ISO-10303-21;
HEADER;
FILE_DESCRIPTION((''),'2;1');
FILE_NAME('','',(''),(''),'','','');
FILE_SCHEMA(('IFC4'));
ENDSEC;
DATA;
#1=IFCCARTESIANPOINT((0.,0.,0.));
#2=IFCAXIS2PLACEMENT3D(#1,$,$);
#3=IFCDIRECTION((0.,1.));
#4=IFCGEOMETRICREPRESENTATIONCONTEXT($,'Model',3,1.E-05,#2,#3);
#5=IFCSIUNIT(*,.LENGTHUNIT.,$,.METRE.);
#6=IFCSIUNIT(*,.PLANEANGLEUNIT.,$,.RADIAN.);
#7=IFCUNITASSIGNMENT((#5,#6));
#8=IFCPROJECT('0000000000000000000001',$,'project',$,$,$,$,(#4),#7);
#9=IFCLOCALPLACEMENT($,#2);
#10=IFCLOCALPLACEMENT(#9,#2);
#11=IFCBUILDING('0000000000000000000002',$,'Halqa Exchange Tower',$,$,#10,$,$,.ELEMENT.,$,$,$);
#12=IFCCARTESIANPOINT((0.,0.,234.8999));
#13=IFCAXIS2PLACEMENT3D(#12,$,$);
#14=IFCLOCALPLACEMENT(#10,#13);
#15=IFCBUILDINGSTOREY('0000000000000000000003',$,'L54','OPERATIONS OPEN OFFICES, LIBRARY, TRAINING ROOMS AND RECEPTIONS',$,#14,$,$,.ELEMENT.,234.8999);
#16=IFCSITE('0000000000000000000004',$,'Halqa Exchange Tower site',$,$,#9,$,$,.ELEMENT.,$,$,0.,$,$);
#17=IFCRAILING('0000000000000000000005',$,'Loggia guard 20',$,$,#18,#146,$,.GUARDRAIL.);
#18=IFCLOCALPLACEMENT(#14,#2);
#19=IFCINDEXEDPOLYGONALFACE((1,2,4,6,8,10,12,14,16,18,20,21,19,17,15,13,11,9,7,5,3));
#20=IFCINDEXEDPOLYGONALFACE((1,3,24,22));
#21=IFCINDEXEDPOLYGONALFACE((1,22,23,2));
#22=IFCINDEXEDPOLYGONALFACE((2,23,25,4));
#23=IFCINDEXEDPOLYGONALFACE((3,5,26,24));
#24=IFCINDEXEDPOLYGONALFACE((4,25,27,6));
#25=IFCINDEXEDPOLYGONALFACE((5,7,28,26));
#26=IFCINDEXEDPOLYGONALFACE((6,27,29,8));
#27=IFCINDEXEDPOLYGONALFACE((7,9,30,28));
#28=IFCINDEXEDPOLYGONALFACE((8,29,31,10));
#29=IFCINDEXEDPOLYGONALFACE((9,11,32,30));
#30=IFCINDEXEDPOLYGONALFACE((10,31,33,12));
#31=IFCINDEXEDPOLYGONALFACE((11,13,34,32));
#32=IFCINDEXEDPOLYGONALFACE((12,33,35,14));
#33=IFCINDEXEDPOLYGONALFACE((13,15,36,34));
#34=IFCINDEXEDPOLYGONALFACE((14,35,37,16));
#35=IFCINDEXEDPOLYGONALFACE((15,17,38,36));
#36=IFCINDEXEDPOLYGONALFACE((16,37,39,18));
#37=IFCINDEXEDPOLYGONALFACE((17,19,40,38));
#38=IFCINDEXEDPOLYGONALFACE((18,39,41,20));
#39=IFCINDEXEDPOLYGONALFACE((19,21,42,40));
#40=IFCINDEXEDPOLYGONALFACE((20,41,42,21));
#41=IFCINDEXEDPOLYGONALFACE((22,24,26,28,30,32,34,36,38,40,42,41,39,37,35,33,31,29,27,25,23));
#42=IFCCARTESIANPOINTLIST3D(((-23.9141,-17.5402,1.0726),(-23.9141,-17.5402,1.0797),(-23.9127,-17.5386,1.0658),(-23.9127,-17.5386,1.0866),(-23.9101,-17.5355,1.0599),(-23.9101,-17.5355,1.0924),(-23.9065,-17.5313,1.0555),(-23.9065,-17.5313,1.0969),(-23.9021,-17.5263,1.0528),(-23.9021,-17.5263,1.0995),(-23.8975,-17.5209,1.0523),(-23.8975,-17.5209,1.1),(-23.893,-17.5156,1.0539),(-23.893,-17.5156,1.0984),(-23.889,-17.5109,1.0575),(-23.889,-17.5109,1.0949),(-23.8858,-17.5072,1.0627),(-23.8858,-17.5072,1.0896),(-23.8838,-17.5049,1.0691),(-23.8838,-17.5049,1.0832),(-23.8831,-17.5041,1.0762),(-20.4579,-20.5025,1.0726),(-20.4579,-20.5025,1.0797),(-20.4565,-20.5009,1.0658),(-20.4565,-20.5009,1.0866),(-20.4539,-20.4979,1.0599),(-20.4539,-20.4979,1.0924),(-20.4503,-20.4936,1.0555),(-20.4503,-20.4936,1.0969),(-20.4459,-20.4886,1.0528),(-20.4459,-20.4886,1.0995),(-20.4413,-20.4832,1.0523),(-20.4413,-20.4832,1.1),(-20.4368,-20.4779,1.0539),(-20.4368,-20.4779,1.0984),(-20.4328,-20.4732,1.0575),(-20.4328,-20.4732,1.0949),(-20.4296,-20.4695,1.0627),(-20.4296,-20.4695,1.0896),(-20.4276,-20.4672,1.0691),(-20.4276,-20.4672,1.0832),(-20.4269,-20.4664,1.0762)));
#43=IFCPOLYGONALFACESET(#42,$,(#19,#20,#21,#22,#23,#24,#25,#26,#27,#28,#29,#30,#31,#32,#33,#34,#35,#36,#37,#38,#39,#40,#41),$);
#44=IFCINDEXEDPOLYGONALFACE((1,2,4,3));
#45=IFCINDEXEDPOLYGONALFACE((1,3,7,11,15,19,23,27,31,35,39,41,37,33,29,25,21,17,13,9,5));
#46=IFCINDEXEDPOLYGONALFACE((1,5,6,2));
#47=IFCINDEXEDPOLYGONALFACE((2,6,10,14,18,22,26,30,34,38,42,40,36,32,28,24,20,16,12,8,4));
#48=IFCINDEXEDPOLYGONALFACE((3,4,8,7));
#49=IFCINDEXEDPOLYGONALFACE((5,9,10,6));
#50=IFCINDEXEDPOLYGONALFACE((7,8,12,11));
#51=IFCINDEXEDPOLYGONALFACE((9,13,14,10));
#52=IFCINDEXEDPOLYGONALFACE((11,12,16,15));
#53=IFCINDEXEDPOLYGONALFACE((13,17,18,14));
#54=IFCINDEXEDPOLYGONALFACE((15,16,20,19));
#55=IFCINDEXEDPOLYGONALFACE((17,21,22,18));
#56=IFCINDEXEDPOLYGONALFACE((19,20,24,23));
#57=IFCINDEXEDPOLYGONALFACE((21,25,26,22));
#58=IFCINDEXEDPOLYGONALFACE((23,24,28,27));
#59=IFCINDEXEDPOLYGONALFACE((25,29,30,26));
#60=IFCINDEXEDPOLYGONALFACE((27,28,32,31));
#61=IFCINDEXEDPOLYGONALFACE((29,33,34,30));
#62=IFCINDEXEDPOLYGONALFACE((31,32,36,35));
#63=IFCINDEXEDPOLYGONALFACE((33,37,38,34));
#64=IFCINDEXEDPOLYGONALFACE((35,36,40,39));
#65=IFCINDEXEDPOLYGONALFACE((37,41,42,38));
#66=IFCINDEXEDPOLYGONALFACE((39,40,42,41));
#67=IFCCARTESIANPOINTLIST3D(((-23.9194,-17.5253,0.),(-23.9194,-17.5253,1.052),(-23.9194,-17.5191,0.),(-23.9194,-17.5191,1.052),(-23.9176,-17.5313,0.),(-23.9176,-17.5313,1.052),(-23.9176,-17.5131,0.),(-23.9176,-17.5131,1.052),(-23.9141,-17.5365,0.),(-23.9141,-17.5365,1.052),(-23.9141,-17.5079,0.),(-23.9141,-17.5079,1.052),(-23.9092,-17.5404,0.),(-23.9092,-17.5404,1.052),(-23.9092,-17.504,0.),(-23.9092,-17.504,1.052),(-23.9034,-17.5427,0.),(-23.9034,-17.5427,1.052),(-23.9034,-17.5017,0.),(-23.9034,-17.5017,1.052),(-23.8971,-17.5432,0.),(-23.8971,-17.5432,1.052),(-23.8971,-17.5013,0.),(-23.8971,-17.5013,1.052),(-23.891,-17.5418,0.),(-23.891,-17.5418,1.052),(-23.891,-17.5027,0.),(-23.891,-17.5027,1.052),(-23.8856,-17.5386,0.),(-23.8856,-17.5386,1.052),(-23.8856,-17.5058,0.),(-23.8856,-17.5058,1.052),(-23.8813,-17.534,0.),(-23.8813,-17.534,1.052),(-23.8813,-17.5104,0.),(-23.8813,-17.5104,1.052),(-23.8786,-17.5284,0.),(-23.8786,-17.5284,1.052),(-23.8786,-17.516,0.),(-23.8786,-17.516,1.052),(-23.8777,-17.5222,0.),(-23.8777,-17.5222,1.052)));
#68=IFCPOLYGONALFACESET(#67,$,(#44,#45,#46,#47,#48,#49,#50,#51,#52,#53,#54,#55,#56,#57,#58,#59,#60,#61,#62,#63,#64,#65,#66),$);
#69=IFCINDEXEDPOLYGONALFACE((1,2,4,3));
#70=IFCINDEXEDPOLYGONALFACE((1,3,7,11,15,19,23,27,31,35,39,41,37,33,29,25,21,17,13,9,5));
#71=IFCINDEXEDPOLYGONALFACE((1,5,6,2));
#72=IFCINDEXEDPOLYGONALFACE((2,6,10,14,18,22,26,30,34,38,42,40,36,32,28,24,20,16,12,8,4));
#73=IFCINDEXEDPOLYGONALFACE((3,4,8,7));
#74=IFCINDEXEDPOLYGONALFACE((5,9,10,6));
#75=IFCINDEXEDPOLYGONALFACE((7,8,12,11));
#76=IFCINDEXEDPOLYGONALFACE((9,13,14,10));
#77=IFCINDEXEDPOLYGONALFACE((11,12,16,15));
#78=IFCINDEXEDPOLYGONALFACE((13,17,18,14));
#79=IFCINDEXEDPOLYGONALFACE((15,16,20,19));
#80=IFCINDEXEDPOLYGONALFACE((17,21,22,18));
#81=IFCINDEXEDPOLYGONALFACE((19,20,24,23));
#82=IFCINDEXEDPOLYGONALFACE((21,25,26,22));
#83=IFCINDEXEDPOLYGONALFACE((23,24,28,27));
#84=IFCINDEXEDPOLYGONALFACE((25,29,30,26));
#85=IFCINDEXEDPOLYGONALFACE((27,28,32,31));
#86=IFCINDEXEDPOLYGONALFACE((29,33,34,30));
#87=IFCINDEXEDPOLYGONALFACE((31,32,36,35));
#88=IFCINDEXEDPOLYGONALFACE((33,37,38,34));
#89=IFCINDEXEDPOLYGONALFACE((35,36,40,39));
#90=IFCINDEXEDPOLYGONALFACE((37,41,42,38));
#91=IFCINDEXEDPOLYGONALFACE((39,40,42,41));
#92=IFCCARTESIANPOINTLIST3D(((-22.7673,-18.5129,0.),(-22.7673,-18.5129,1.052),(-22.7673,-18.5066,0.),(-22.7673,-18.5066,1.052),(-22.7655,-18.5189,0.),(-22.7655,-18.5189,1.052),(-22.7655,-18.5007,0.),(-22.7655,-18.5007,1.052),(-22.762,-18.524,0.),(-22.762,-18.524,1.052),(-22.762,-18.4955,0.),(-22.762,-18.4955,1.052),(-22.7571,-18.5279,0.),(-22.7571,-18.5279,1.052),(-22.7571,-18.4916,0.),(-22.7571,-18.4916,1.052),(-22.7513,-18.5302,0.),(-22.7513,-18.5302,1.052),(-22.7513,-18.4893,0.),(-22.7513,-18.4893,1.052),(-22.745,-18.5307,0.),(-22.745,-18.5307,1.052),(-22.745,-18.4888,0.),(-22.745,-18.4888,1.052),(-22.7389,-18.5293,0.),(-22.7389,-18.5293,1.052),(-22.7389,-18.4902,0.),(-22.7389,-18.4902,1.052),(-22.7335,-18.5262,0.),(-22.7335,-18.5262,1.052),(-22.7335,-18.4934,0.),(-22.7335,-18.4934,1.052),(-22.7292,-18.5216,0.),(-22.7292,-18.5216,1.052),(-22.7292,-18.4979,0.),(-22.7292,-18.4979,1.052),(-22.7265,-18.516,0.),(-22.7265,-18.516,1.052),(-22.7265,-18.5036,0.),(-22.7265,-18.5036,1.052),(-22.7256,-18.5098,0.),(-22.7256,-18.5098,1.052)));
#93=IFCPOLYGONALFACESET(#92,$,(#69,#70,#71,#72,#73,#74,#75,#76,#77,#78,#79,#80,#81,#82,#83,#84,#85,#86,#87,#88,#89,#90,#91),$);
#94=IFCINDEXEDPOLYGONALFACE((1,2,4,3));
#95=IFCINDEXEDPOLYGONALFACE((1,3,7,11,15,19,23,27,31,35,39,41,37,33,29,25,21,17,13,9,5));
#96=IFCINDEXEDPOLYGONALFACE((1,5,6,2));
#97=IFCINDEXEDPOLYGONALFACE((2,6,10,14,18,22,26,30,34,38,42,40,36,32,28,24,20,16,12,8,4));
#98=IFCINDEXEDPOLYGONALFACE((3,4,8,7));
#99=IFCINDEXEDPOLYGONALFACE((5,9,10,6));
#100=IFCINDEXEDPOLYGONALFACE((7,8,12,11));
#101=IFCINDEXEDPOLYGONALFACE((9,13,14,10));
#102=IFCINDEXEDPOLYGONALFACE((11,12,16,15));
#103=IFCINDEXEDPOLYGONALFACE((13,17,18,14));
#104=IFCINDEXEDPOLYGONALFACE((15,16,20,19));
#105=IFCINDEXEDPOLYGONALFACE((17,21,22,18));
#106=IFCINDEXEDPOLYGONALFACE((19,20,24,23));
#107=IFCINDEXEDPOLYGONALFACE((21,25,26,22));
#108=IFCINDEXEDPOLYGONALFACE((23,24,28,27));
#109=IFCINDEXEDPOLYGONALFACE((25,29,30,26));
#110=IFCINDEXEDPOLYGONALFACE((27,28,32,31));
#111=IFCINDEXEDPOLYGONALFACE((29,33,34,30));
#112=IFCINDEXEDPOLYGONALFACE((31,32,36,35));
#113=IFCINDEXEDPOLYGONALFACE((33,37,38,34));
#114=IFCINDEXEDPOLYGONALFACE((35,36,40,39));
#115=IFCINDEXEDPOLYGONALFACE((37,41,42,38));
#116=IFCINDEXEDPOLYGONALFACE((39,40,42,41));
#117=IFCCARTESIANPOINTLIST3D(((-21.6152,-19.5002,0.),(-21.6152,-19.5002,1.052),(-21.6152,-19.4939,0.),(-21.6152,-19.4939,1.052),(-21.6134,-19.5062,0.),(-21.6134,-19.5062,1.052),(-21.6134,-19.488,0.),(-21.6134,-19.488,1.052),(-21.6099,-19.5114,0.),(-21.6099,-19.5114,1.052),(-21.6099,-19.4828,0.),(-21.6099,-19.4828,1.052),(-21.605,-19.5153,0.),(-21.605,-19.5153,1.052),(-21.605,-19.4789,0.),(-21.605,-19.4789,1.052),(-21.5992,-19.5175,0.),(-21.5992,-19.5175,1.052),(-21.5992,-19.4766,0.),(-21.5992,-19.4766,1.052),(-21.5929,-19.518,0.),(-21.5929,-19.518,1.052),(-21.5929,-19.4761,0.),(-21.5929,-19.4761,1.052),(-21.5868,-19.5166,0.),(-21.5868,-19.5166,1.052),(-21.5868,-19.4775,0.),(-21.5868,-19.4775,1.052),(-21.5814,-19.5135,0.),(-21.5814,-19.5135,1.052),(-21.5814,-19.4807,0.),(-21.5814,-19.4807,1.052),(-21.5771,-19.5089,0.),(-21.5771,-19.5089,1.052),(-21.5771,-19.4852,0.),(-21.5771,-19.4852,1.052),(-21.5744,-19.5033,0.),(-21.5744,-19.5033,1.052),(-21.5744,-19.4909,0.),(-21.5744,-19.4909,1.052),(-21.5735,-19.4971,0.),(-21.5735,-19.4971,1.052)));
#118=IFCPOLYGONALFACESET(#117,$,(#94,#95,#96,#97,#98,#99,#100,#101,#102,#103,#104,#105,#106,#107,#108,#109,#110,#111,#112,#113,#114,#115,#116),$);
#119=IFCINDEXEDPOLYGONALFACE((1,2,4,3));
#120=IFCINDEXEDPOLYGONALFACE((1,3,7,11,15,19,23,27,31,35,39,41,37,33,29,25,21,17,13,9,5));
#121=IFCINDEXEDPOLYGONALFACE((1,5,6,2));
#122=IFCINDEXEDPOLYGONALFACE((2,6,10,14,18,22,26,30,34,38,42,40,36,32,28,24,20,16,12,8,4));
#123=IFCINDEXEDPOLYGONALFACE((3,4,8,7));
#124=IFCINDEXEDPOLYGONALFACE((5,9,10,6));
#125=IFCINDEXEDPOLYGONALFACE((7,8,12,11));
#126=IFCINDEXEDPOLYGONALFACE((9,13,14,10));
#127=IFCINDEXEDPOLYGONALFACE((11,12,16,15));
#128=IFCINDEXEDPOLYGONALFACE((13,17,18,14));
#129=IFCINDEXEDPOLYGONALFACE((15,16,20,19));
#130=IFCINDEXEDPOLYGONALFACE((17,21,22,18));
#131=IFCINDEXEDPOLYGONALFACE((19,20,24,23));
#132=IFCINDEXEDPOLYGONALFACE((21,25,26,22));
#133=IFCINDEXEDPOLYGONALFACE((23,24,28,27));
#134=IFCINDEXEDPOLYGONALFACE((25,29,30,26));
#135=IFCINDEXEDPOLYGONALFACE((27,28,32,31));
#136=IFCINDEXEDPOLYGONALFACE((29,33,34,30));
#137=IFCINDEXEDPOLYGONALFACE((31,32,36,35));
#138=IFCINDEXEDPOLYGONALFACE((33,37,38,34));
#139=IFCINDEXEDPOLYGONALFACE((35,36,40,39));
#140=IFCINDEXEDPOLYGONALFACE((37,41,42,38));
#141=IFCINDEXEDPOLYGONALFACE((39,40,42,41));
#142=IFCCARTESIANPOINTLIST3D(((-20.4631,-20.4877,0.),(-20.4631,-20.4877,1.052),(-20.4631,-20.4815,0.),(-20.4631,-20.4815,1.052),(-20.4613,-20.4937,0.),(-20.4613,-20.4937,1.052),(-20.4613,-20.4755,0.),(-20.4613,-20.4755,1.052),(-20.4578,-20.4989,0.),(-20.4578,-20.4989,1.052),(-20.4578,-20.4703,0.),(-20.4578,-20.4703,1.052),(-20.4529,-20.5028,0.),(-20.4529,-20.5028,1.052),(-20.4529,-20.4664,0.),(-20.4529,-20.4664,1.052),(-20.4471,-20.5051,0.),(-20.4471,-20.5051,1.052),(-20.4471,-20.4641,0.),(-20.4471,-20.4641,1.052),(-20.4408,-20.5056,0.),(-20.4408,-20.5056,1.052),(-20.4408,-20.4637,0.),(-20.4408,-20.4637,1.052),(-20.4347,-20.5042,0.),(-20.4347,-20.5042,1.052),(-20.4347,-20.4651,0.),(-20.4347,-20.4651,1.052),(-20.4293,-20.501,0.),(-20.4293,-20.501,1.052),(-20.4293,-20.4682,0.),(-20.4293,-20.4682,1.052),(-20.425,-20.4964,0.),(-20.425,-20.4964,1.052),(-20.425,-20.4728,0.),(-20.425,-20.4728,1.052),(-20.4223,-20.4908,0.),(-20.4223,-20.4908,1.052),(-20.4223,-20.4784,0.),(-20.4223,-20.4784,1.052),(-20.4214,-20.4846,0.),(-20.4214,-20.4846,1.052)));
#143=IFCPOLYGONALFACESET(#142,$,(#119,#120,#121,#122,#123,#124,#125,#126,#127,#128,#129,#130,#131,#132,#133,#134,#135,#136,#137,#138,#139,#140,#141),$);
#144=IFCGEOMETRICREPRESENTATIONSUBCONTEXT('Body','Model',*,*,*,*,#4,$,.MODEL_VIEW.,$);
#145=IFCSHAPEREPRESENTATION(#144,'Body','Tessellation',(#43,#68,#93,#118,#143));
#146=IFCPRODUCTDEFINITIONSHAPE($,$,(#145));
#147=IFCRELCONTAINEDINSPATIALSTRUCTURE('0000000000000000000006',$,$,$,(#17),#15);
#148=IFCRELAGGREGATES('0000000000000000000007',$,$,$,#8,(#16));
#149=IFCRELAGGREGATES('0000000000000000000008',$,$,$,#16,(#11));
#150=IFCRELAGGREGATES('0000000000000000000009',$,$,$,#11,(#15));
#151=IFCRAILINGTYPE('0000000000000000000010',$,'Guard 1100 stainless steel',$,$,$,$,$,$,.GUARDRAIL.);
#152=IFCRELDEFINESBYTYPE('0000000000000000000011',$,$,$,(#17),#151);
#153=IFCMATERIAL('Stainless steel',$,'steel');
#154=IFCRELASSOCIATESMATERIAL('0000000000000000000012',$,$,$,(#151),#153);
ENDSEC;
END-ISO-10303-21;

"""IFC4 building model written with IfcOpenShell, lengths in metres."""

from ifc_helpers import new_model, si_unit, direction, frame, origin, origin_2d, place, context, subcontext, project, spatial, circle, extrude, material, type_object, element, save


model = new_model("IFC4")

# Units and contexts
model_context = context("Model", 3, precision=1e-05, world=origin(), true_north=direction((0.0, 1.0)))
body_context = subcontext(model_context, "Body", "Model", "MODEL_VIEW")
ifc_project = project(units=[si_unit("LENGTHUNIT", "METRE"), si_unit("PLANEANGLEUNIT", "RADIAN")], contexts=[model_context])

# Site, building, storey
site_placement = place(None, origin())
site = spatial("IfcSite", under=ifc_project, at=site_placement, Name="Halqa Exchange Tower site", CompositionType="ELEMENT", RefElevation=0.0)
building_placement = place(site_placement, origin())
building = spatial("IfcBuilding", under=site, at=building_placement, Name="Halqa Exchange Tower", CompositionType="ELEMENT")
storey_placement = place(building_placement, frame((0.0, 0.0, 234.8999)))
storey = spatial("IfcBuildingStorey", under=building, at=storey_placement, Name="L54", Description="OPERATIONS OPEN OFFICES, LIBRARY, TRAINING ROOMS AND RECEPTIONS", CompositionType="ELEMENT", Elevation=234.8999)

# Railing
ifc_material_1 = material(Name="Stainless steel", Category="steel")
railing_type = type_object("IfcRailingType", Name="Guard 1100 stainless steel", PredefinedType="GUARDRAIL", material=ifc_material_1)
railing_1_placement = place(storey_placement, frame((-23.8987, -17.5222, 0.0)))
element("IfcRailing", 1, at=railing_1_placement, inside=storey, type_object=railing_type, Name="Loggia guard 20", PredefinedType="GUARDRAIL", context=body_context, shape_type="SweptSolid", body=[
    extrude(circle(Radius=0.0239, at=origin_2d()), frame((0.0, 0.0, 1.0762), z_axis=(0.759272, -0.650774, 0.0), x_axis=(0.650774, 0.759272, 0.0)), (0.0, 0.0, 1.0), 4.552),
    extrude(circle(Radius=0.021, at=origin_2d()), origin(), (0.0, 0.0, 1.0), 1.052),
    extrude(circle(Radius=0.021, at=origin_2d()), frame((1.1521, -0.9875, 0.0)), (0.0, 0.0, 1.0), 1.052),
    extrude(circle(Radius=0.021, at=origin_2d()), frame((2.3042, -1.9749, 0.0)), (0.0, 0.0, 1.0), 1.052),
    extrude(circle(Radius=0.021, at=origin_2d()), frame((3.4563, -2.9624, 0.0)), (0.0, 0.0, 1.0), 1.052),
])

save(model, "model.ifc")
